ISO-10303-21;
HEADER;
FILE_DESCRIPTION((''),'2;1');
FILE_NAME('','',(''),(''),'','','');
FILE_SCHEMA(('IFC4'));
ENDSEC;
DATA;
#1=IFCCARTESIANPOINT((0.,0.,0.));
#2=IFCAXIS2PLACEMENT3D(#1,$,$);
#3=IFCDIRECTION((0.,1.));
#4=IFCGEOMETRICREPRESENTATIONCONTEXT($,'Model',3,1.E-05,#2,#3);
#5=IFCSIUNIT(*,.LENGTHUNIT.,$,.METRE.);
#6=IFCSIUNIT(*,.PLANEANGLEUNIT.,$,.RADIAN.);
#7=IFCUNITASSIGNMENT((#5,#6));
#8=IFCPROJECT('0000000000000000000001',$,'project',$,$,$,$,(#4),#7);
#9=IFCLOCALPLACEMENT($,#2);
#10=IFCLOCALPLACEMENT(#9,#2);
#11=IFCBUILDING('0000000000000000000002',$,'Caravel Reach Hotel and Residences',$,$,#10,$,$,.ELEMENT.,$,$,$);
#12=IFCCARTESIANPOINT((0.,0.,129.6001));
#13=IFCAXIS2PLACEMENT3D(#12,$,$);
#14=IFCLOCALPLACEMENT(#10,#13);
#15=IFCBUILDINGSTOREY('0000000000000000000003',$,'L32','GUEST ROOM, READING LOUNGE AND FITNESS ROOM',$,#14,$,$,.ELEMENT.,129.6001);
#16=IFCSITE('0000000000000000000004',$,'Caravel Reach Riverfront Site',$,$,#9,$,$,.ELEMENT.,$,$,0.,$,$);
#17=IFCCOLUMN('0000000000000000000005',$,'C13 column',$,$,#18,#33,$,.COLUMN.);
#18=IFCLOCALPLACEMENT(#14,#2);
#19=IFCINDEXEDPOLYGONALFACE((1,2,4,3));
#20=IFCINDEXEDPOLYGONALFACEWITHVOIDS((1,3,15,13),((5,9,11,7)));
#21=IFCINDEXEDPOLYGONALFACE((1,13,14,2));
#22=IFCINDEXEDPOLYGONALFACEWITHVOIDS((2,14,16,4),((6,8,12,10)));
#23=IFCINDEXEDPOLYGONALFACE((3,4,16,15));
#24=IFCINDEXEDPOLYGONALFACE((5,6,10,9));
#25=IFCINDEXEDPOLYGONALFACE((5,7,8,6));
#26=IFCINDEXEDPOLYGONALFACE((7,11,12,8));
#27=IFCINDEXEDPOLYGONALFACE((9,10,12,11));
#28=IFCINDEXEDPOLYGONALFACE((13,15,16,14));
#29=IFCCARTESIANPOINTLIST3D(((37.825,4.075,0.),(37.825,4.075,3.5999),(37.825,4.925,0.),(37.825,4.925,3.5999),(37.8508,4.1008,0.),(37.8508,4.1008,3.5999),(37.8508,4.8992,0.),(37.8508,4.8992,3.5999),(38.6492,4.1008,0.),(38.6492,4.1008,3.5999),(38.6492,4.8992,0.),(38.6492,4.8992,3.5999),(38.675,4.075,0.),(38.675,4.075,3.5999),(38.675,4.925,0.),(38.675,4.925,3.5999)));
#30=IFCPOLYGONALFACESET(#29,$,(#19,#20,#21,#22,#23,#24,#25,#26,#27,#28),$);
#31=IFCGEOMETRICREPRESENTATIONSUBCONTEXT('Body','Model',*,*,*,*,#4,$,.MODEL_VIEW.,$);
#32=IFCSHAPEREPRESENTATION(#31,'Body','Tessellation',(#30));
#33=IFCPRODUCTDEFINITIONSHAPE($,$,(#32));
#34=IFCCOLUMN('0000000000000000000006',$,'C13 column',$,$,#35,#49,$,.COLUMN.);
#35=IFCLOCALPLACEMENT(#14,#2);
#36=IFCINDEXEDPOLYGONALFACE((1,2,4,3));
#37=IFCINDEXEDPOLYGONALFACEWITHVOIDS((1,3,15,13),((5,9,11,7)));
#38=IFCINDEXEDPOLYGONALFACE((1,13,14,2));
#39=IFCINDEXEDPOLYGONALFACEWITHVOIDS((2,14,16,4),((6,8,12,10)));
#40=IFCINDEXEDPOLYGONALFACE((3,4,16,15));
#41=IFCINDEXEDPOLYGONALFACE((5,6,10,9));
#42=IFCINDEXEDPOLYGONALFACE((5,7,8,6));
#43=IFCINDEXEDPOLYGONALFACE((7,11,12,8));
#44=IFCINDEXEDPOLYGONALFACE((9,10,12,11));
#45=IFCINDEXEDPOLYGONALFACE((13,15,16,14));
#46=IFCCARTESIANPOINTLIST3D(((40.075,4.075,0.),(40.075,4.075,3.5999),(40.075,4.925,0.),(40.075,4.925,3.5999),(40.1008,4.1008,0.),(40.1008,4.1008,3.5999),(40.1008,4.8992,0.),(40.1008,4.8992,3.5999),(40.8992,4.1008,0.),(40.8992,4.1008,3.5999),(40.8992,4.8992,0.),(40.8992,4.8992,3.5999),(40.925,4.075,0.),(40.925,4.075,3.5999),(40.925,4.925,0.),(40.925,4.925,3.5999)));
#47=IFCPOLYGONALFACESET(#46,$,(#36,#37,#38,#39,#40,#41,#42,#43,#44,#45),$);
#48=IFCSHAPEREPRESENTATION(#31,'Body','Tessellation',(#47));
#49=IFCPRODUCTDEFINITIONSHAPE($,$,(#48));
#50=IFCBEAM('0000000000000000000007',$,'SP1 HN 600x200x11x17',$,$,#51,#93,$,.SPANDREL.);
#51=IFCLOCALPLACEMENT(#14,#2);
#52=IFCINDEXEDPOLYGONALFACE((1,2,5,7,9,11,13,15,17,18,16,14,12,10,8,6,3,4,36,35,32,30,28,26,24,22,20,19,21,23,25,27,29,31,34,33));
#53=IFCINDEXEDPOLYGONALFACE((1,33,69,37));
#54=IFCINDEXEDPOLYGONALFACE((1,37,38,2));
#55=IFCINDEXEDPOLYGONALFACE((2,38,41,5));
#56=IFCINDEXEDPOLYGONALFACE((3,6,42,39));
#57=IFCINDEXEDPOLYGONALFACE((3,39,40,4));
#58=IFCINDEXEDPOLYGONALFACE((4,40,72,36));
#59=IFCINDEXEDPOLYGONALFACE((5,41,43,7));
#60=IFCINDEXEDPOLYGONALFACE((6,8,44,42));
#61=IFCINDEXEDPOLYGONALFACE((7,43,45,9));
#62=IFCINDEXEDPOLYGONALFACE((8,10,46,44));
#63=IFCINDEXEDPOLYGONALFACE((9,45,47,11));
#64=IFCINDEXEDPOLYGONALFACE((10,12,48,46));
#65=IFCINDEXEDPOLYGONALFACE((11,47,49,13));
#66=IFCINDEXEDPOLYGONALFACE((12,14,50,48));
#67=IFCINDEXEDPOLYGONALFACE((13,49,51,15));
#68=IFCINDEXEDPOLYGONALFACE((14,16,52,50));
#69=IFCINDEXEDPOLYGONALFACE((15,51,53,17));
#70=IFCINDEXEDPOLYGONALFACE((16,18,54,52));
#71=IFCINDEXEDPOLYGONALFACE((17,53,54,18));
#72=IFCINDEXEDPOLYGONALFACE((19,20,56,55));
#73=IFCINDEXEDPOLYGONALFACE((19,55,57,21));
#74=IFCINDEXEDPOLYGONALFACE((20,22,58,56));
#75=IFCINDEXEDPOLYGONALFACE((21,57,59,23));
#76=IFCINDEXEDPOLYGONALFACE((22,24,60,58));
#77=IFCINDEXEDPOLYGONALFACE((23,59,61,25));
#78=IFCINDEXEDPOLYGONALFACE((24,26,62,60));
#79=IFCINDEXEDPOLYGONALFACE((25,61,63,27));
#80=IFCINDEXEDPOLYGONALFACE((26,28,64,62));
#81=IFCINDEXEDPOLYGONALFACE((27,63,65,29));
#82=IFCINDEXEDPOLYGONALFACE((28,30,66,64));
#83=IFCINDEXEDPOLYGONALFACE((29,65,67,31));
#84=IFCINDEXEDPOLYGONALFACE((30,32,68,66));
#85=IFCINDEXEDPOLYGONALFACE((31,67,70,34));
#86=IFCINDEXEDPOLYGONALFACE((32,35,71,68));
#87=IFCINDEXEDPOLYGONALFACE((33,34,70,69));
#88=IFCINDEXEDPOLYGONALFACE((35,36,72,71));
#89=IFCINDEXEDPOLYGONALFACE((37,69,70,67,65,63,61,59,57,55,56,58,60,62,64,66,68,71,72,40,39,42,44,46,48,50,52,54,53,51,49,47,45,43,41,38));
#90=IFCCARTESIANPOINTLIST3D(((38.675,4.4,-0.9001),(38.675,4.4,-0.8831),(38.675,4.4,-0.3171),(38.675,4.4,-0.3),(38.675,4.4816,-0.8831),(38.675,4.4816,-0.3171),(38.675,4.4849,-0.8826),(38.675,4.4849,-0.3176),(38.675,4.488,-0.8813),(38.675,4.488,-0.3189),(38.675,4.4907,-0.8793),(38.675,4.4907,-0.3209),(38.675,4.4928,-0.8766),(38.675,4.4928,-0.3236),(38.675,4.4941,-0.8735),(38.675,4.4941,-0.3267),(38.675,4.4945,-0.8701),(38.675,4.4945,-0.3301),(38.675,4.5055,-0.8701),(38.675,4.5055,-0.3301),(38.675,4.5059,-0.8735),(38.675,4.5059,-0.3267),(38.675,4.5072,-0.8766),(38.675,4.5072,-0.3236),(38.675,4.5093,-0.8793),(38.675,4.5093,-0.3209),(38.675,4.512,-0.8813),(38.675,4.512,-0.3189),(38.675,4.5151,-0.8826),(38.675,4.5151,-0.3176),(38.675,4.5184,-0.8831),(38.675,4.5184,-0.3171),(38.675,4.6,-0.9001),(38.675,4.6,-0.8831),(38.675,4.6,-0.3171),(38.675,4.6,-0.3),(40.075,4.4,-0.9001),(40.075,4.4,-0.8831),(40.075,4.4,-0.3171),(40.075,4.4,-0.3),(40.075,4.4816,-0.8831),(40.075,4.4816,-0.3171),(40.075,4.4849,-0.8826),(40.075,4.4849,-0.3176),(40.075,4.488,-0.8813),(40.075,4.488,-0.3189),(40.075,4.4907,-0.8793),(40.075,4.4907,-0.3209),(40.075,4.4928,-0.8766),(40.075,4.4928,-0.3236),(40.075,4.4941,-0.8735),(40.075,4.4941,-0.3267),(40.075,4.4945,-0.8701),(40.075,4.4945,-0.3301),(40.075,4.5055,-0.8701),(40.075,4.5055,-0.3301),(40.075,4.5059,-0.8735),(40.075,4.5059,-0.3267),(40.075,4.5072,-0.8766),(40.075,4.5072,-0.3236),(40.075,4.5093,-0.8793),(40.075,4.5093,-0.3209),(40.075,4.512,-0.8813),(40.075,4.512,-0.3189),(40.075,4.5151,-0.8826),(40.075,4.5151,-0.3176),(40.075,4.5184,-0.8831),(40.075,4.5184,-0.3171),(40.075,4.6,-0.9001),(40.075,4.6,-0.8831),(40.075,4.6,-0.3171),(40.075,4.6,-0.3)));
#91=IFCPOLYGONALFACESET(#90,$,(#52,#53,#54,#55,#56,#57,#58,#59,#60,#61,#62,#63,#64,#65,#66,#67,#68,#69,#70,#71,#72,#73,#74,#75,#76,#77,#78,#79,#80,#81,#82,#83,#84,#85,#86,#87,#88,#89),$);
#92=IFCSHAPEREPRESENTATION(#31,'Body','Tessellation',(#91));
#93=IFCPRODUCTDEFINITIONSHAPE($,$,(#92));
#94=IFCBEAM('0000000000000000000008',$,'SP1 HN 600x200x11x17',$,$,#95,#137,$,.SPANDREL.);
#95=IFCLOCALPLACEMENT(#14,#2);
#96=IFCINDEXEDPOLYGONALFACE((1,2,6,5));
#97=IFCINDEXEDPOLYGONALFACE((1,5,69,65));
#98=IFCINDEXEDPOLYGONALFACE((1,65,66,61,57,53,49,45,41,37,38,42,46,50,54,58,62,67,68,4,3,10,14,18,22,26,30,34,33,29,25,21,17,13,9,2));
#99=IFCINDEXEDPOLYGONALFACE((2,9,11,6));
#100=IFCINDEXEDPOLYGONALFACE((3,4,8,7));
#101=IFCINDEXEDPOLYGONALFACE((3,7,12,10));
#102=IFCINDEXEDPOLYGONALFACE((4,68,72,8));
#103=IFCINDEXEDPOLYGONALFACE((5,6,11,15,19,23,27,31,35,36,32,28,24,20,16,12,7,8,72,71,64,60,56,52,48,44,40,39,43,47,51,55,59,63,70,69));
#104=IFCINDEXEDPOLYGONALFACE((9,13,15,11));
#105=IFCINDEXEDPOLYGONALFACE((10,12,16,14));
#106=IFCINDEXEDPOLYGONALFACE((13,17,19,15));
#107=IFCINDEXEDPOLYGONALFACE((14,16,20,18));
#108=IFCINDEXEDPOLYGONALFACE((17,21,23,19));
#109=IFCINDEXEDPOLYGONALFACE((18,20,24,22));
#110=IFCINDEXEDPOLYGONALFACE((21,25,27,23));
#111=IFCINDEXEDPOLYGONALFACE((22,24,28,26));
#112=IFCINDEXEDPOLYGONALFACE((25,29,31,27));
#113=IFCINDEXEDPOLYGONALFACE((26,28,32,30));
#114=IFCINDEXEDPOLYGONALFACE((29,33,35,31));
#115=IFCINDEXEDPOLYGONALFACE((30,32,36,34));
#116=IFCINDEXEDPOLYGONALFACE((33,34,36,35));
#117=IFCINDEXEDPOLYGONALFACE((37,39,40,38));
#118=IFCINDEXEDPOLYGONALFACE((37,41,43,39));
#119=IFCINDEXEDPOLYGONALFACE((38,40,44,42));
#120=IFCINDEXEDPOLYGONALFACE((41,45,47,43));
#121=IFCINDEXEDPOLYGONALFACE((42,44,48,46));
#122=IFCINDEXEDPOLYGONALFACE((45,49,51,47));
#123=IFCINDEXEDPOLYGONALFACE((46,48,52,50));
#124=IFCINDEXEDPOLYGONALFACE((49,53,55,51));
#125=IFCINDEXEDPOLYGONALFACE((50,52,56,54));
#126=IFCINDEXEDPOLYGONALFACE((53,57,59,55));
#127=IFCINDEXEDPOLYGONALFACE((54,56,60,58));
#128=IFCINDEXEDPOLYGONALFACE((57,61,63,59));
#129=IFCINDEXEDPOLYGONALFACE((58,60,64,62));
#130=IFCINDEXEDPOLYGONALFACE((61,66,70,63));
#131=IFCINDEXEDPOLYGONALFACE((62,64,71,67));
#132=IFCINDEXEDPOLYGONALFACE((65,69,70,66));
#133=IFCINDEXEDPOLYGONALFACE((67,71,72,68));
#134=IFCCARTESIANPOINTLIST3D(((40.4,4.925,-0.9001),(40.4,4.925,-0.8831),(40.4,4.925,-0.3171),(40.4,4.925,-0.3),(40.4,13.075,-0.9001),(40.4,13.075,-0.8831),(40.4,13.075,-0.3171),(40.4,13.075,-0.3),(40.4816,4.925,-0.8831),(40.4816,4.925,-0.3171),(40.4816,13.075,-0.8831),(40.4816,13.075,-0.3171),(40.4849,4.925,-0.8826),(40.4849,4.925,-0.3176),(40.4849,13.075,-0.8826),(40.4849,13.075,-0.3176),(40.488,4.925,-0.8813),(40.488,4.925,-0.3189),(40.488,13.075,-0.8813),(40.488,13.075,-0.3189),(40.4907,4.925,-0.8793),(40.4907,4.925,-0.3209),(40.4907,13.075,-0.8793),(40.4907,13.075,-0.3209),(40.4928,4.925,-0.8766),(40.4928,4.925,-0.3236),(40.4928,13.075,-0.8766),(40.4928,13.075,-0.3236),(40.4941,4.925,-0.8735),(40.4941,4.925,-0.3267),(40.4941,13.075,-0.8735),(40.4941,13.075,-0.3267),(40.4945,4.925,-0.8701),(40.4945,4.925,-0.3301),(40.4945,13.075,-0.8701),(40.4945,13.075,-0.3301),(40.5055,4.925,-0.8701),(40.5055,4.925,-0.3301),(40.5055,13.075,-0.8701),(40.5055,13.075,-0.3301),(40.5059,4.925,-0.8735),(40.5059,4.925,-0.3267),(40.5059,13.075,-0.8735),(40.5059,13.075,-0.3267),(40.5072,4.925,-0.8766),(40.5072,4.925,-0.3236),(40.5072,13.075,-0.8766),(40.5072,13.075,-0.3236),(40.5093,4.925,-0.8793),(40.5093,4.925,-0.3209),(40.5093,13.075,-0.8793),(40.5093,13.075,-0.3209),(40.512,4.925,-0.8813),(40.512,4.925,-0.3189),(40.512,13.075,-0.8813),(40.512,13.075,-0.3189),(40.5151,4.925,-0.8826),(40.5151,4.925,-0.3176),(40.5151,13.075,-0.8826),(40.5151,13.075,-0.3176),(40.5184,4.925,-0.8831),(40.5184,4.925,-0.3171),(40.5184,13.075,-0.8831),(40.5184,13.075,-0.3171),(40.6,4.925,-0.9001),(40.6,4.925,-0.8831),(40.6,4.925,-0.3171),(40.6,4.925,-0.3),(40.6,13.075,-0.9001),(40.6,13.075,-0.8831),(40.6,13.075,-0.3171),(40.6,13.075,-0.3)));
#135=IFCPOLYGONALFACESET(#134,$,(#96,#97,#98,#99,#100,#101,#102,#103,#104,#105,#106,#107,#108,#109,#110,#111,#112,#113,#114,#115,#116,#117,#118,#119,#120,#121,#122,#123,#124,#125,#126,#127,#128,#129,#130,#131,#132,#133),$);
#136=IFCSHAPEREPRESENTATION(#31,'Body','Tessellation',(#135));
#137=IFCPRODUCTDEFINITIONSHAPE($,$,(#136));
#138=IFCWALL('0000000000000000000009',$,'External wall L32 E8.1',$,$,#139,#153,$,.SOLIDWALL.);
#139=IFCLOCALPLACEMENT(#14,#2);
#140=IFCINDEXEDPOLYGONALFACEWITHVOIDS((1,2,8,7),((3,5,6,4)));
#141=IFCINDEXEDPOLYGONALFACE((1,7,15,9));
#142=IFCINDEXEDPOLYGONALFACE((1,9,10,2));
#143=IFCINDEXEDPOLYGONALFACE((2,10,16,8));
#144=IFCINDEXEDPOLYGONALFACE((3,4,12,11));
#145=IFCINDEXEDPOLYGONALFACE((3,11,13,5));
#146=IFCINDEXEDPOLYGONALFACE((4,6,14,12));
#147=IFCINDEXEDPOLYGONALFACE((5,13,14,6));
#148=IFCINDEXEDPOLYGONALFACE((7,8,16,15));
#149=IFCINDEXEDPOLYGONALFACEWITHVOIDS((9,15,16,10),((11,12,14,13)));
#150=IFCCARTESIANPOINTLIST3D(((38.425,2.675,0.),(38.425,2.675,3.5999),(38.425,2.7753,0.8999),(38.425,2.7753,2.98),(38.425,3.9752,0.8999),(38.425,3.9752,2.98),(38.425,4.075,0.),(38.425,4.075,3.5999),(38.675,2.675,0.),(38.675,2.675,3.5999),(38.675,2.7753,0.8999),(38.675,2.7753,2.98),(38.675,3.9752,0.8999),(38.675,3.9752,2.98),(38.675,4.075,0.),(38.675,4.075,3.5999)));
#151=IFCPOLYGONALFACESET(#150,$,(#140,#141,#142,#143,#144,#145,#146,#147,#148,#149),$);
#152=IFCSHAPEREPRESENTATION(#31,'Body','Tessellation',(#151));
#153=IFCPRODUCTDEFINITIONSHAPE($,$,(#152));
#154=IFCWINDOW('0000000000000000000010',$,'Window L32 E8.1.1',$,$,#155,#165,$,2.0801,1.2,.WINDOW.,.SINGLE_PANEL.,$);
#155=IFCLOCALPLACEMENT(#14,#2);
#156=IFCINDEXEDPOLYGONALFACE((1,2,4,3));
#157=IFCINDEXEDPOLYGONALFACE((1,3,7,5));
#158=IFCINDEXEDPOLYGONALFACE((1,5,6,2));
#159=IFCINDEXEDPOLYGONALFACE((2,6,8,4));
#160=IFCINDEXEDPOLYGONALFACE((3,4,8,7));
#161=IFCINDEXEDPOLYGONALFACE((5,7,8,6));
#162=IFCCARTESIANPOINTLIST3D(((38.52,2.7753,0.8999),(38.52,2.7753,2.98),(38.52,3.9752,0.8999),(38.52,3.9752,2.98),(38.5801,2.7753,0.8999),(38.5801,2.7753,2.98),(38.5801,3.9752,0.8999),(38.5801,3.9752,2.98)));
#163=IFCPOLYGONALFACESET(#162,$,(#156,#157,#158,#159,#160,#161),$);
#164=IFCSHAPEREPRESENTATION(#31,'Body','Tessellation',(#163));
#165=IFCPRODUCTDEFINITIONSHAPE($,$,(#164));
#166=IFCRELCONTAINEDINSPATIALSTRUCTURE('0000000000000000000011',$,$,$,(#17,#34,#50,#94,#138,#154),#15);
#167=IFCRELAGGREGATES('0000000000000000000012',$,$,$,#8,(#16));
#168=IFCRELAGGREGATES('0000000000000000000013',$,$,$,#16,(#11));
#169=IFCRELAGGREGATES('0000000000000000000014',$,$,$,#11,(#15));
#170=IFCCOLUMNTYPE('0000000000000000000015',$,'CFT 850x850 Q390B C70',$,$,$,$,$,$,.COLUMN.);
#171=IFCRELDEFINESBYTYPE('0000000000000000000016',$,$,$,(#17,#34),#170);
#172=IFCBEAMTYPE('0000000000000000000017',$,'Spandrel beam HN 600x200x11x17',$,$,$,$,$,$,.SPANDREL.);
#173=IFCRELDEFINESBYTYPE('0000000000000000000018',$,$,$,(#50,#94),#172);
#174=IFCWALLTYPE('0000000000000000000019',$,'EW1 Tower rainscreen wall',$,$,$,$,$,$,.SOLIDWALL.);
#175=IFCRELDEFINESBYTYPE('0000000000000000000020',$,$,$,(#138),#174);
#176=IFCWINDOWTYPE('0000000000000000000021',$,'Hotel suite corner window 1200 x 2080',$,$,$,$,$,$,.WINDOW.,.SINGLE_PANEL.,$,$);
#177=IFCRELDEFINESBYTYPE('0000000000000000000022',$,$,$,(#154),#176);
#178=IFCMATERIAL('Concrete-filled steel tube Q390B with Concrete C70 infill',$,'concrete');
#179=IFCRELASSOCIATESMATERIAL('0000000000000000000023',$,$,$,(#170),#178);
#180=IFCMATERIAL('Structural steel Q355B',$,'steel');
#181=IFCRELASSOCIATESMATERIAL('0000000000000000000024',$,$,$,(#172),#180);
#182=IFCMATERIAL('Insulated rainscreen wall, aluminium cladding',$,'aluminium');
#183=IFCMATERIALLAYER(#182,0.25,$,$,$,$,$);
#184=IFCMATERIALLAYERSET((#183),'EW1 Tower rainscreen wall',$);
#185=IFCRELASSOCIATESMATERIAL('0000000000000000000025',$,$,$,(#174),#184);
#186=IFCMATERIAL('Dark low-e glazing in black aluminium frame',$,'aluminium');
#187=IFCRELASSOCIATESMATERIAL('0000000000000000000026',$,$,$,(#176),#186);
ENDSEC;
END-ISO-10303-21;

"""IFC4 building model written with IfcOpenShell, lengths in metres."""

from ifc_helpers import new_model, si_unit, direction, frame, frame_2d, origin, origin_2d, place, context, subcontext, project, spatial, rectangle, hollow_rectangle, i_section, extrude, material, layer, layer_set, material_profile, profile_set, type_object, element, fill, save


model = new_model("IFC4")

# Units and contexts
model_context = context("Model", 3, precision=1e-05, world=origin(), true_north=direction((0.0, 1.0)))
body_context = subcontext(model_context, "Body", "Model", "MODEL_VIEW")
ifc_project = project(units=[si_unit("LENGTHUNIT", "METRE"), si_unit("PLANEANGLEUNIT", "RADIAN")], contexts=[model_context])

# Site, building, storey
site_placement = place(None, origin())
site = spatial("IfcSite", under=ifc_project, at=site_placement, Name="Caravel Reach Riverfront Site", CompositionType="ELEMENT", RefElevation=0.0)
building_placement = place(site_placement, origin())
building = spatial("IfcBuilding", under=site, at=building_placement, Name="Caravel Reach Hotel and Residences", CompositionType="ELEMENT")
storey_placement = place(building_placement, frame((0.0, 0.0, 129.6001)))
storey = spatial("IfcBuildingStorey", under=building, at=storey_placement, Name="L32", Description="GUEST ROOM, READING LOUNGE AND FITNESS ROOM", CompositionType="ELEMENT", Elevation=129.6001)

# Columns
ifc_material_1 = material(Name="Concrete-filled steel tube Q390B with Concrete C70 infill", Category="concrete")
ifc_material_profile_1 = material_profile(ifc_material_1, hollow_rectangle(XDim=0.8501, YDim=0.8501, WallThickness=0.0259, at=origin_2d()), Name="RHS 850x850x26")
ifc_profile_set_1 = profile_set([ifc_material_profile_1], Name="Concrete-filled steel tube Q390B with Concrete C70 infill")
column_type = type_object("IfcColumnType", Name="CFT 850x850 Q390B C70", PredefinedType="COLUMN", material=ifc_profile_set_1)
for number, where, z_axis, x_axis, name in (
    (1, (38.25, 4.5, 0.0), (0.0, 0.0, 1.0), (1.0, 0.0, 0.0), "C13 column"),
    (2, (40.5, 4.5, 0.0), (0.0, 0.0, 1.0), (1.0, 0.0, 0.0), "C13 column"),
):
    element("IfcColumn", number, at=place(storey_placement, frame(where, z_axis=z_axis, x_axis=x_axis)), inside=storey, type_object=column_type, Name=name, PredefinedType="COLUMN", context=body_context, shape_type="SweptSolid", body=[
        extrude(hollow_rectangle(XDim=0.8501, YDim=0.8501, WallThickness=0.0259, at=origin_2d()), origin(), (0.0, 0.0, 1.0), 3.5999),
    ])

# Beams
ifc_material_2 = material(Name="Structural steel Q355B", Category="steel")
ifc_material_profile_2 = material_profile(ifc_material_2, i_section(OverallWidth=0.2, OverallDepth=0.6001, WebThickness=0.011, FlangeThickness=0.0171, FilletRadius=0.0129, at=origin_2d()), Name="HN 600x200x11x17")
ifc_profile_set_2 = profile_set([ifc_material_profile_2], Name="Structural steel Q355B")
beam_type = type_object("IfcBeamType", Name="Spandrel beam HN 600x200x11x17", PredefinedType="SPANDREL", material=ifc_profile_set_2)
beam_1_placement = place(storey_placement, frame((38.675, 4.5, -0.6001), z_axis=(1.0, 0.0, 0.0), x_axis=(0.0, 1.0, 0.0)))
element("IfcBeam", 3, at=beam_1_placement, inside=storey, type_object=beam_type, Name="SP1 HN 600x200x11x17", PredefinedType="SPANDREL", context=body_context, shape_type="SweptSolid", body=[
    extrude(i_section(OverallWidth=0.2, OverallDepth=0.6001, WebThickness=0.011, FlangeThickness=0.0171, FilletRadius=0.0129, at=origin_2d()), origin(), (0.0, 0.0, 1.0), 1.3999),
])
beam_2_placement = place(storey_placement, frame((40.5, 4.925, -0.6001), z_axis=(0.0, 1.0, 0.0), x_axis=(-1.0, 0.0, 0.0)))
element("IfcBeam", 4, at=beam_2_placement, inside=storey, type_object=beam_type, Name="SP1 HN 600x200x11x17", PredefinedType="SPANDREL", context=body_context, shape_type="SweptSolid", body=[
    extrude(i_section(OverallWidth=0.2, OverallDepth=0.6001, WebThickness=0.011, FlangeThickness=0.0171, FilletRadius=0.0129, at=origin_2d()), origin(), (0.0, 0.0, 1.0), 8.1499),
])

# Wall, opening, window
ifc_material_3 = material(Name="Insulated rainscreen wall, aluminium cladding", Category="aluminium")
ifc_layer = layer(ifc_material_3, 0.25)
ifc_layer_set = layer_set([ifc_layer], Name="EW1 Tower rainscreen wall")
wall_type = type_object("IfcWallType", Name="EW1 Tower rainscreen wall", PredefinedType="SOLIDWALL", material=ifc_layer_set)
wall_1_placement = place(storey_placement, frame((38.55, 2.675, 0.0), z_axis=(0.0, 0.0, 1.0), x_axis=(0.0, 1.0, 0.0)))
wall_1 = element("IfcWall", 5, at=wall_1_placement, inside=storey, type_object=wall_type, Name="External wall L32 E8.1", PredefinedType="SOLIDWALL", context=body_context, shape_type="SweptSolid", body=[
    extrude(rectangle(XDim=1.3999, YDim=0.25, at=frame_2d((0.7, 0.0))), origin(), (0.0, 0.0, 1.0), 3.5999),
])
opening_1_placement = place(wall_1_placement, frame((0.1001, 0.0, 0.8999)))
opening_1 = element("IfcOpeningElement", 6, at=opening_1_placement, cuts=wall_1, PredefinedType="OPENING", context=body_context, shape_type="SweptSolid", body=[
    extrude(rectangle(XDim=1.2, YDim=2.0801, at=frame_2d((0.6001, 1.04))), frame((0.0, 0.135, 0.0), z_axis=(0.0, -1.0, 0.0), x_axis=(1.0, 0.0, 0.0)), (0.0, 0.0, 1.0), 0.27),
])
ifc_material_4 = material(Name="Dark low-e glazing in black aluminium frame", Category="aluminium")
window_type_1 = type_object("IfcWindowType", Name="Hotel suite corner window 1200 x 2080", PartitioningType="SINGLE_PANEL", PredefinedType="WINDOW", material=ifc_material_4)
window_1_placement = place(opening_1_placement, origin())
window_1 = element("IfcWindow", 7, at=window_1_placement, inside=storey, type_object=window_type_1, Name="Window L32 E8.1.1", OverallHeight=2.0801, OverallWidth=1.2, PartitioningType="SINGLE_PANEL", PredefinedType="WINDOW", context=body_context, shape_type="SweptSolid", body=[
    extrude(rectangle(XDim=1.2, YDim=2.0801, at=frame_2d((0.6001, 1.04))), frame((0.0, 0.03, 0.0), z_axis=(0.0, -1.0, 0.0), x_axis=(1.0, 0.0, 0.0)), (0.0, 0.0, 1.0), 0.0601),
])
fill(opening_1, window_1)

save(model, "model.ifc")
